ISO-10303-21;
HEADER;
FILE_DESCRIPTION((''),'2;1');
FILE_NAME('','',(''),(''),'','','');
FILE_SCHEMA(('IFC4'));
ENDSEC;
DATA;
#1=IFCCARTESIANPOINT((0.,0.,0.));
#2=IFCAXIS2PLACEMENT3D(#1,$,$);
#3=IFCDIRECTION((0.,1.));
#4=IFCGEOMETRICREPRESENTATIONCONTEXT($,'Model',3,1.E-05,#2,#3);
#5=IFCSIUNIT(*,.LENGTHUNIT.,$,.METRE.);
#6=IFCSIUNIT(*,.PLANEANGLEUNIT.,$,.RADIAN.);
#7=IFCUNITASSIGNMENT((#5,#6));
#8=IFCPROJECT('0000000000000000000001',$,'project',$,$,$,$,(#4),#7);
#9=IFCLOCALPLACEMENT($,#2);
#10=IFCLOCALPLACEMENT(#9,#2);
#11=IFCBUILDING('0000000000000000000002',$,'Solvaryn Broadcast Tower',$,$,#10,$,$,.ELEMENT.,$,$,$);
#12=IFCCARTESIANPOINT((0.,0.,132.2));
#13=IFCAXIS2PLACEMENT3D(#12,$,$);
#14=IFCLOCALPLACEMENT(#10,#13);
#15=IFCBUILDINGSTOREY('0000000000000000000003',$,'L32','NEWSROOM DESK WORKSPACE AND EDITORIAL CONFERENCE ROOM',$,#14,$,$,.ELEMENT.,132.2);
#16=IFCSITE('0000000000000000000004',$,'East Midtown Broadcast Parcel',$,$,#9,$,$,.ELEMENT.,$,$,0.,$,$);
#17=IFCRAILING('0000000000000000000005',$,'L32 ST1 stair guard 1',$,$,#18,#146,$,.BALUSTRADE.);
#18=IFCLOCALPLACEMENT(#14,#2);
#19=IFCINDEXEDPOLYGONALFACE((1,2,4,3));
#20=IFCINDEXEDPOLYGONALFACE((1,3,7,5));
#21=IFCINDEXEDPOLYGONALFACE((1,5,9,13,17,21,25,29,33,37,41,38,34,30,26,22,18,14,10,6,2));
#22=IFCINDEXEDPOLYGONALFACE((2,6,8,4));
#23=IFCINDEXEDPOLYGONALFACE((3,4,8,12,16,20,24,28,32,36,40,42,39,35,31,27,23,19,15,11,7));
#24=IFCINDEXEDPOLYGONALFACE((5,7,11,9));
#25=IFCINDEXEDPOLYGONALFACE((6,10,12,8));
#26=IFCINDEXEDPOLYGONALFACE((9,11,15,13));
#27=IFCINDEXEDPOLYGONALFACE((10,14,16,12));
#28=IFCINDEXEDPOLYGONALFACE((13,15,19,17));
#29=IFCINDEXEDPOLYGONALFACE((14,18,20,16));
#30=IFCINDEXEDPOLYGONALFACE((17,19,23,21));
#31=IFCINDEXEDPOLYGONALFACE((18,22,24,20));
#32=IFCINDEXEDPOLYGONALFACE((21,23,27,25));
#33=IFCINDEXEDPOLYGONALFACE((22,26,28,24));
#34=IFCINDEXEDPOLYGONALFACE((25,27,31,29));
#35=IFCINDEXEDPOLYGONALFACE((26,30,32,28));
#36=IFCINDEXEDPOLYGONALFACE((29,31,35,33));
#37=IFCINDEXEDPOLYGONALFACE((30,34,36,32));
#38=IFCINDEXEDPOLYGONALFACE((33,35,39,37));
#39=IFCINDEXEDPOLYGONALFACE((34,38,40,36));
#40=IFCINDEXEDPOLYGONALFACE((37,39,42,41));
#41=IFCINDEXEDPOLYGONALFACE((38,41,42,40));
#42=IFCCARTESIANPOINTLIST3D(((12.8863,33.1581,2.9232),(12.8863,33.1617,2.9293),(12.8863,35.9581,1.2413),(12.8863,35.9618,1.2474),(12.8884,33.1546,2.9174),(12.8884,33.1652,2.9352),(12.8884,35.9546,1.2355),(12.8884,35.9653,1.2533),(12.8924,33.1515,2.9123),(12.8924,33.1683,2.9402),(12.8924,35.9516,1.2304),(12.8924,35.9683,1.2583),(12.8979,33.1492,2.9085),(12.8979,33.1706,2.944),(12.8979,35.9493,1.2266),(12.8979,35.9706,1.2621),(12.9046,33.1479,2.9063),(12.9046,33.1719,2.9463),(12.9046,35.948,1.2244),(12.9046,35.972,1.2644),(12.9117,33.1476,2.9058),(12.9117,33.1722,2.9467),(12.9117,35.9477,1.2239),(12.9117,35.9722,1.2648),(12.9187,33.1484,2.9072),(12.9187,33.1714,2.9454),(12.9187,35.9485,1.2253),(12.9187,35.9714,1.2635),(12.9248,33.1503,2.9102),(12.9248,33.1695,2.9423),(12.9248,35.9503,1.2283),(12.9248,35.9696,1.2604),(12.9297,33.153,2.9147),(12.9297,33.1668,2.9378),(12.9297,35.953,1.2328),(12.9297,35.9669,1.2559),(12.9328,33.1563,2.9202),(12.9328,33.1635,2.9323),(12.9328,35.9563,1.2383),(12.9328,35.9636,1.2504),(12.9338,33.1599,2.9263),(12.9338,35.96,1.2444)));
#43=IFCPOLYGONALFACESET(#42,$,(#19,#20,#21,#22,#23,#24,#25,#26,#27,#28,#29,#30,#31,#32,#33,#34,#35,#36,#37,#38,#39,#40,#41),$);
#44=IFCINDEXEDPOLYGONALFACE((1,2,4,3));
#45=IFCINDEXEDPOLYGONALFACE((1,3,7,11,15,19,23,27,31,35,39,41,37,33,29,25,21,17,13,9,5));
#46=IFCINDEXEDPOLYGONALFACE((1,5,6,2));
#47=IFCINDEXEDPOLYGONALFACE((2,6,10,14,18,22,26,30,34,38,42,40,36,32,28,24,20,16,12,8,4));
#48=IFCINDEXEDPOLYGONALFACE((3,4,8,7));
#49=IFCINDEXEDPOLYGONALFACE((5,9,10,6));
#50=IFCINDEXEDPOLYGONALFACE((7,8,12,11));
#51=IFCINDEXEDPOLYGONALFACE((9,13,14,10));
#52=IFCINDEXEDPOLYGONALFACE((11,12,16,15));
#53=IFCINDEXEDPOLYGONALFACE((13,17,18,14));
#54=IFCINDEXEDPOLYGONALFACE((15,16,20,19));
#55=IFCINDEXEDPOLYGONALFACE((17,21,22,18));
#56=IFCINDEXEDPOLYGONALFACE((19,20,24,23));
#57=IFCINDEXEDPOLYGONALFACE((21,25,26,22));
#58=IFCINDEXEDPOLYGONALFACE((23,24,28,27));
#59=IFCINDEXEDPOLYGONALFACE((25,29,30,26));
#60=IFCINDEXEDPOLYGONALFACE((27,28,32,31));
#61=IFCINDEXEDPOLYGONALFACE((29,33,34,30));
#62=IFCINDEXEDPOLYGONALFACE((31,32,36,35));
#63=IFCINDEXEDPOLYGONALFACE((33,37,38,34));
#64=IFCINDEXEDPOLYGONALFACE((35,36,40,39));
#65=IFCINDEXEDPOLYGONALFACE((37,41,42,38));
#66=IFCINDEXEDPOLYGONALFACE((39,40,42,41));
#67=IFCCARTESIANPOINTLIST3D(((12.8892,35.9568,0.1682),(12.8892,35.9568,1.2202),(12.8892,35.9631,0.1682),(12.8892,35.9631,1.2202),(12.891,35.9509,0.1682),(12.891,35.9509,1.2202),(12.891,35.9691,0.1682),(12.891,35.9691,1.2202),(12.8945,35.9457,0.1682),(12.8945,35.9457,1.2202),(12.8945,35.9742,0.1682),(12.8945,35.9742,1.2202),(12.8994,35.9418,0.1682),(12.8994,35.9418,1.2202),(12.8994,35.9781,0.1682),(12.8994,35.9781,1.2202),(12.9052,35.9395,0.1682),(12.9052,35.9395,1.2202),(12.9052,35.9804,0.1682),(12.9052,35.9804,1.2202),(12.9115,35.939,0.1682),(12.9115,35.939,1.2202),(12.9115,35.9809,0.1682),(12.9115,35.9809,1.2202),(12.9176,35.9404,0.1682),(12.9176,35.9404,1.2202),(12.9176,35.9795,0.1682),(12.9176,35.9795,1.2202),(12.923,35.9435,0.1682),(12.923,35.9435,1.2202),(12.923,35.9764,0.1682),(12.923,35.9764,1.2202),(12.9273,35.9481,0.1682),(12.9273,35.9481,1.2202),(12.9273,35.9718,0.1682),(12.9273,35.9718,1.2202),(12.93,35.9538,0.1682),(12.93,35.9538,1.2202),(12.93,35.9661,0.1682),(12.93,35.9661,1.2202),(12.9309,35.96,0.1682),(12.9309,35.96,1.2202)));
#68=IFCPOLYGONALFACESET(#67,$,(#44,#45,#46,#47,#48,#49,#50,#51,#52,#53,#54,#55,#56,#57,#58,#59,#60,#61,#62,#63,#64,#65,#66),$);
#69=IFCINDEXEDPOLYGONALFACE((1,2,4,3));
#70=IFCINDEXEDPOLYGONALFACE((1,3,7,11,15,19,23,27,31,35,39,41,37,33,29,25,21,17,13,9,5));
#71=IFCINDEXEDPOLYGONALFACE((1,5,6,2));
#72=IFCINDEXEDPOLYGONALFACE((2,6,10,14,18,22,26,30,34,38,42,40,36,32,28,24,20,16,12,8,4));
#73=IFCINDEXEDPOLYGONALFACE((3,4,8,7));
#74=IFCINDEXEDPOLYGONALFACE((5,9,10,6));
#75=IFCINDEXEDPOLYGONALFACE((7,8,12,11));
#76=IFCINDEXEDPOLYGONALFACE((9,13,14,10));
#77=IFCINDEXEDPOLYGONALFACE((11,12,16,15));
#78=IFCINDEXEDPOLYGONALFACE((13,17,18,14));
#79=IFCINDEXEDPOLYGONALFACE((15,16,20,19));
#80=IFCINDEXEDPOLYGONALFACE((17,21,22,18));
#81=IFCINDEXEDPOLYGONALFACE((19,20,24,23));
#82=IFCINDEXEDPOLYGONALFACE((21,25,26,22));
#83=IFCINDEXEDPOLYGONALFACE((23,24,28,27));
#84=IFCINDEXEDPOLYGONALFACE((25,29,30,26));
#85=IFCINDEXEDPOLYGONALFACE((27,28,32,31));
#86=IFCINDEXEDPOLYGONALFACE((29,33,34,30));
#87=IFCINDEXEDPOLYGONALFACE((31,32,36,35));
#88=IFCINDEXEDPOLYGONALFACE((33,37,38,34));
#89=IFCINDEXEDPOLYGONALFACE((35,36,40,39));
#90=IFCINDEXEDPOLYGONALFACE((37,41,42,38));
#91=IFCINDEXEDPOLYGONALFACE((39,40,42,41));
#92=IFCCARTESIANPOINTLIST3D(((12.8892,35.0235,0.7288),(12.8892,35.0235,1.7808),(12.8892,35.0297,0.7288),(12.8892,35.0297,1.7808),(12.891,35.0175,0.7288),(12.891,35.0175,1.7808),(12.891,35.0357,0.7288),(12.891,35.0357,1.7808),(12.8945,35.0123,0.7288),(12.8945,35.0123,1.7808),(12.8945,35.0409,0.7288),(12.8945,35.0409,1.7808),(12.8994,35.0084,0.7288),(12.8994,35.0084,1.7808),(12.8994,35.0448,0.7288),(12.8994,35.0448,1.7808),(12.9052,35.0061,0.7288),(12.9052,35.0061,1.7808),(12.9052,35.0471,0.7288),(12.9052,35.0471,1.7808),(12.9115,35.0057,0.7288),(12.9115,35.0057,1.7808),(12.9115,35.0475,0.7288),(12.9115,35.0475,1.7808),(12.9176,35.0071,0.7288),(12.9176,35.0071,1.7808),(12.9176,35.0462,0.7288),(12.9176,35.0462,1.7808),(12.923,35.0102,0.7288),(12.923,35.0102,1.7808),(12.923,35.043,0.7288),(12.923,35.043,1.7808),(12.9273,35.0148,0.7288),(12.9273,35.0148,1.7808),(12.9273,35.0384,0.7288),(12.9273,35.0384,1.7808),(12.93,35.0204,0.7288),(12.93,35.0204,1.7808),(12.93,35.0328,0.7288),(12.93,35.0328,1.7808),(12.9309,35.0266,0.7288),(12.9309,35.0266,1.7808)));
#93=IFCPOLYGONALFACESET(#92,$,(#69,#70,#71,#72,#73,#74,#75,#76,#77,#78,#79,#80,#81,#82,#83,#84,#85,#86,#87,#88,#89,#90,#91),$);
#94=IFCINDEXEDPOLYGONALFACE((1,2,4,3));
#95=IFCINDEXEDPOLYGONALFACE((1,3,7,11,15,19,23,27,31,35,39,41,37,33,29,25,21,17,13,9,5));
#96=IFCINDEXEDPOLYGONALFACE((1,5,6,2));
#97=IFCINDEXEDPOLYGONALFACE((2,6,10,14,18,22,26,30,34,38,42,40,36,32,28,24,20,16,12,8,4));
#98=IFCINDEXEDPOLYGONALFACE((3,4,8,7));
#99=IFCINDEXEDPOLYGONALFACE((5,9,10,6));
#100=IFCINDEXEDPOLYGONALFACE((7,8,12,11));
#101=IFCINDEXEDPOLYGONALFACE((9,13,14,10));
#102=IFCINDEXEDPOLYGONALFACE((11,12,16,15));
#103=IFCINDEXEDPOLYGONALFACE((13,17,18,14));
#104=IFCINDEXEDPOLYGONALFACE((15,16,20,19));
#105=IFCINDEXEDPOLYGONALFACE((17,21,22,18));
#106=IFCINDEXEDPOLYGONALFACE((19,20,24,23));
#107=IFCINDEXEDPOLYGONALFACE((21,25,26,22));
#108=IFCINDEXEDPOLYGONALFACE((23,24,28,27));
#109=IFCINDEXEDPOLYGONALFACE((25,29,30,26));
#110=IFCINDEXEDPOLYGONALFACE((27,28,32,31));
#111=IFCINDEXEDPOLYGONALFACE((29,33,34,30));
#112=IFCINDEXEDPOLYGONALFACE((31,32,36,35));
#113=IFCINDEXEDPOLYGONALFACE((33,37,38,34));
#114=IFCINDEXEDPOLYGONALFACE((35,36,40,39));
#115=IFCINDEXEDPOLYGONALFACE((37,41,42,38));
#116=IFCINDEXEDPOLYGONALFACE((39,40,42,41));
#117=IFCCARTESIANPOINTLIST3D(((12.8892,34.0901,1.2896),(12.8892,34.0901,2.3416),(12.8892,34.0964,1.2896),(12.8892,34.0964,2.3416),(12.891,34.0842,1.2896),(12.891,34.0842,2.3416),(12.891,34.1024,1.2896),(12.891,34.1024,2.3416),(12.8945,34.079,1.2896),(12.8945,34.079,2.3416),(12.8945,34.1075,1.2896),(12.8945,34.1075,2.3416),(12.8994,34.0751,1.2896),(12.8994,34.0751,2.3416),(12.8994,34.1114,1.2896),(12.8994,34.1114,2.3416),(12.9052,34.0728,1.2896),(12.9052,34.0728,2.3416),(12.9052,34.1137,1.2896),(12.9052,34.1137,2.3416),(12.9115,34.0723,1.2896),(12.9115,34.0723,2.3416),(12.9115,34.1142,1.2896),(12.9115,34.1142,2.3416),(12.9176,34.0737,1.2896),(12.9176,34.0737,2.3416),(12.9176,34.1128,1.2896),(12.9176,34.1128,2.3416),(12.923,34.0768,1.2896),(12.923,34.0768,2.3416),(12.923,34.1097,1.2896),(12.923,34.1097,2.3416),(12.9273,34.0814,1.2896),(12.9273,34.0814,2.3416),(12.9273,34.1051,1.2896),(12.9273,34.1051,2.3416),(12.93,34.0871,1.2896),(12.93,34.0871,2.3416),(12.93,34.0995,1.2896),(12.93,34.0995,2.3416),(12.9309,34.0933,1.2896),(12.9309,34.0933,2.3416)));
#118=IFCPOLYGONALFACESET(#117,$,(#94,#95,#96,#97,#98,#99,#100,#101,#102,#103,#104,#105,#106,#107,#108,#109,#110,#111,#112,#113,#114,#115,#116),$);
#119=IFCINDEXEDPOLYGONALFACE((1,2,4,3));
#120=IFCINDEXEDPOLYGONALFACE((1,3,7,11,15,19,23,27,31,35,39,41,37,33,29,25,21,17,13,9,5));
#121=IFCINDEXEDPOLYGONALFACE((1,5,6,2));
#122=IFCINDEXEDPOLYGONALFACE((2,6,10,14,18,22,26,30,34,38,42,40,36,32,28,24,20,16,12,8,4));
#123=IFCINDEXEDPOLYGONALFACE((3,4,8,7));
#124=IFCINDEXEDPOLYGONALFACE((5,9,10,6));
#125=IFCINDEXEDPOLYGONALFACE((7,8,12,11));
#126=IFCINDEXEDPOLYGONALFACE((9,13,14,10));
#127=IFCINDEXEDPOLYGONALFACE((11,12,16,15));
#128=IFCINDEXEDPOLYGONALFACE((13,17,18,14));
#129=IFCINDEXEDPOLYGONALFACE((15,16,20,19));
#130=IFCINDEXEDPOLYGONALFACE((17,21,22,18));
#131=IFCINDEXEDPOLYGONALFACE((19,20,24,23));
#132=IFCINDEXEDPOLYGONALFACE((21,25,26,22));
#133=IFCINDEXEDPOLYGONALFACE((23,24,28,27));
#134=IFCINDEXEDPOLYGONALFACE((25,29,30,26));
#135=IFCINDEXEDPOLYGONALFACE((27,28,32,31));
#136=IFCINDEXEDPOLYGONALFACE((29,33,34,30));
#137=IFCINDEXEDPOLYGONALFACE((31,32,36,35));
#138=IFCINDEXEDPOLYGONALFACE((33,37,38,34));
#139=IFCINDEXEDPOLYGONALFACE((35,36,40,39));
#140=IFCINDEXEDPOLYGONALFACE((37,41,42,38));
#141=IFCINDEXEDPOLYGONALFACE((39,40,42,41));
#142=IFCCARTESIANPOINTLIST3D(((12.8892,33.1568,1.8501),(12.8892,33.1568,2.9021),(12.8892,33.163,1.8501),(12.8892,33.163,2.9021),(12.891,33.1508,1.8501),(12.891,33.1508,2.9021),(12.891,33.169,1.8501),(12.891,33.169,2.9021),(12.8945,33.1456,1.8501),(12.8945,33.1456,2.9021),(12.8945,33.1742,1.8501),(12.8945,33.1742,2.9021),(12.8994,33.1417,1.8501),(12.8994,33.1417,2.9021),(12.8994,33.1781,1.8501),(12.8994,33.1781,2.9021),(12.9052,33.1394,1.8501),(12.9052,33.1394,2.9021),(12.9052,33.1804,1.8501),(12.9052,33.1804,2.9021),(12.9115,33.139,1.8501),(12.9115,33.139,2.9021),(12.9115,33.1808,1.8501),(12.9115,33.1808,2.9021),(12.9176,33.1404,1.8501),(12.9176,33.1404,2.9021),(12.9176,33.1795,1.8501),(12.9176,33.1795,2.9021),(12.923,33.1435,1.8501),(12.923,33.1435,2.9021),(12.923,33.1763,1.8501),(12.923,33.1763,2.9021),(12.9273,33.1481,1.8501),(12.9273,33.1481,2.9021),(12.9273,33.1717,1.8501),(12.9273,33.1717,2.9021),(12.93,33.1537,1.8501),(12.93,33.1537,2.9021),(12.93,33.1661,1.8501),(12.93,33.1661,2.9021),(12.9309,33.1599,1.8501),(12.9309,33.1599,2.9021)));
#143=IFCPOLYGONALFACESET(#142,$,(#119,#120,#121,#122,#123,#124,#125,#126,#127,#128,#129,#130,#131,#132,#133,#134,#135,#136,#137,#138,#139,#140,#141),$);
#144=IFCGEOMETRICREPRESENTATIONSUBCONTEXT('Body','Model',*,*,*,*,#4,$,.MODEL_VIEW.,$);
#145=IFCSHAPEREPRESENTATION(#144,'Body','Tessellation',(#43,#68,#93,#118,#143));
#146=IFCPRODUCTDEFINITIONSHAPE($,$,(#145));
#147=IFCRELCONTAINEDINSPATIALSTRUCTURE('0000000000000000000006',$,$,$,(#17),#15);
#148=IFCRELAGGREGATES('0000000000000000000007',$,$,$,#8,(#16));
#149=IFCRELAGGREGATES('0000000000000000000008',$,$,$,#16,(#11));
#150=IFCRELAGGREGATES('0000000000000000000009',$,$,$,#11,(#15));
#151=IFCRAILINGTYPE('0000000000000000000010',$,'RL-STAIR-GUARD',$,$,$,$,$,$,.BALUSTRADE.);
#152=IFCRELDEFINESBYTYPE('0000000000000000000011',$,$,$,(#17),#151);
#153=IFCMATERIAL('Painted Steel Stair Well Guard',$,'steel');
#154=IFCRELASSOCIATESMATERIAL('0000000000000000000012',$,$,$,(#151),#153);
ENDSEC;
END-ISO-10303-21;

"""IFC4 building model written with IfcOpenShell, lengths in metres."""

from ifc_helpers import new_model, si_unit, direction, frame, origin, origin_2d, place, context, subcontext, project, spatial, circle, extrude, material, type_object, element, save


model = new_model("IFC4")

# Units and contexts
model_context = context("Model", 3, precision=1e-05, world=origin(), true_north=direction((0.0, 1.0)))
body_context = subcontext(model_context, "Body", "Model", "MODEL_VIEW")
ifc_project = project(units=[si_unit("LENGTHUNIT", "METRE"), si_unit("PLANEANGLEUNIT", "RADIAN")], contexts=[model_context])

# Site, building, storey
site_placement = place(None, origin())
site = spatial("IfcSite", under=ifc_project, at=site_placement, Name="East Midtown Broadcast Parcel", CompositionType="ELEMENT", RefElevation=0.0)
building_placement = place(site_placement, origin())
building = spatial("IfcBuilding", under=site, at=building_placement, Name="Solvaryn Broadcast Tower", CompositionType="ELEMENT")
storey_placement = place(building_placement, frame((0.0, 0.0, 132.2)))
storey = spatial("IfcBuildingStorey", under=building, at=storey_placement, Name="L32", Description="NEWSROOM DESK WORKSPACE AND EDITORIAL CONFERENCE ROOM", CompositionType="ELEMENT", Elevation=132.2)

# Railing
ifc_material_1 = material(Name="Painted Steel Stair Well Guard", Category="steel")
railing_type_1 = type_object("IfcRailingType", Name="RL-STAIR-GUARD", PredefinedType="BALUSTRADE", material=ifc_material_1)
railing_1_placement = place(storey_placement, frame((12.9099, 35.96, 0.1682)))
element("IfcRailing", 1, at=railing_1_placement, inside=storey, type_object=railing_type_1, Name="L32 ST1 stair guard 1", PredefinedType="BALUSTRADE", context=body_context, shape_type="SweptSolid", body=[
    extrude(circle(Radius=0.0239, at=origin_2d()), frame((0.0, 0.0, 1.0762), z_axis=(0.0, -0.857242, 0.514913), x_axis=(1.0, 0.0, 0.0)), (0.0, 0.0, 1.0), 3.2664),
    extrude(circle(Radius=0.021, at=origin_2d()), origin(), (0.0, 0.0, 1.0), 1.052),
    extrude(circle(Radius=0.021, at=origin_2d()), frame((0.0, -0.9333, 0.5605)), (0.0, 0.0, 1.0), 1.052),
    extrude(circle(Radius=0.021, at=origin_2d()), frame((0.0, -1.8667, 1.1213)), (0.0, 0.0, 1.0), 1.052),
    extrude(circle(Radius=0.021, at=origin_2d()), frame((0.0, -2.8, 1.6819)), (0.0, 0.0, 1.0), 1.052),
])

save(model, "model.ifc")
